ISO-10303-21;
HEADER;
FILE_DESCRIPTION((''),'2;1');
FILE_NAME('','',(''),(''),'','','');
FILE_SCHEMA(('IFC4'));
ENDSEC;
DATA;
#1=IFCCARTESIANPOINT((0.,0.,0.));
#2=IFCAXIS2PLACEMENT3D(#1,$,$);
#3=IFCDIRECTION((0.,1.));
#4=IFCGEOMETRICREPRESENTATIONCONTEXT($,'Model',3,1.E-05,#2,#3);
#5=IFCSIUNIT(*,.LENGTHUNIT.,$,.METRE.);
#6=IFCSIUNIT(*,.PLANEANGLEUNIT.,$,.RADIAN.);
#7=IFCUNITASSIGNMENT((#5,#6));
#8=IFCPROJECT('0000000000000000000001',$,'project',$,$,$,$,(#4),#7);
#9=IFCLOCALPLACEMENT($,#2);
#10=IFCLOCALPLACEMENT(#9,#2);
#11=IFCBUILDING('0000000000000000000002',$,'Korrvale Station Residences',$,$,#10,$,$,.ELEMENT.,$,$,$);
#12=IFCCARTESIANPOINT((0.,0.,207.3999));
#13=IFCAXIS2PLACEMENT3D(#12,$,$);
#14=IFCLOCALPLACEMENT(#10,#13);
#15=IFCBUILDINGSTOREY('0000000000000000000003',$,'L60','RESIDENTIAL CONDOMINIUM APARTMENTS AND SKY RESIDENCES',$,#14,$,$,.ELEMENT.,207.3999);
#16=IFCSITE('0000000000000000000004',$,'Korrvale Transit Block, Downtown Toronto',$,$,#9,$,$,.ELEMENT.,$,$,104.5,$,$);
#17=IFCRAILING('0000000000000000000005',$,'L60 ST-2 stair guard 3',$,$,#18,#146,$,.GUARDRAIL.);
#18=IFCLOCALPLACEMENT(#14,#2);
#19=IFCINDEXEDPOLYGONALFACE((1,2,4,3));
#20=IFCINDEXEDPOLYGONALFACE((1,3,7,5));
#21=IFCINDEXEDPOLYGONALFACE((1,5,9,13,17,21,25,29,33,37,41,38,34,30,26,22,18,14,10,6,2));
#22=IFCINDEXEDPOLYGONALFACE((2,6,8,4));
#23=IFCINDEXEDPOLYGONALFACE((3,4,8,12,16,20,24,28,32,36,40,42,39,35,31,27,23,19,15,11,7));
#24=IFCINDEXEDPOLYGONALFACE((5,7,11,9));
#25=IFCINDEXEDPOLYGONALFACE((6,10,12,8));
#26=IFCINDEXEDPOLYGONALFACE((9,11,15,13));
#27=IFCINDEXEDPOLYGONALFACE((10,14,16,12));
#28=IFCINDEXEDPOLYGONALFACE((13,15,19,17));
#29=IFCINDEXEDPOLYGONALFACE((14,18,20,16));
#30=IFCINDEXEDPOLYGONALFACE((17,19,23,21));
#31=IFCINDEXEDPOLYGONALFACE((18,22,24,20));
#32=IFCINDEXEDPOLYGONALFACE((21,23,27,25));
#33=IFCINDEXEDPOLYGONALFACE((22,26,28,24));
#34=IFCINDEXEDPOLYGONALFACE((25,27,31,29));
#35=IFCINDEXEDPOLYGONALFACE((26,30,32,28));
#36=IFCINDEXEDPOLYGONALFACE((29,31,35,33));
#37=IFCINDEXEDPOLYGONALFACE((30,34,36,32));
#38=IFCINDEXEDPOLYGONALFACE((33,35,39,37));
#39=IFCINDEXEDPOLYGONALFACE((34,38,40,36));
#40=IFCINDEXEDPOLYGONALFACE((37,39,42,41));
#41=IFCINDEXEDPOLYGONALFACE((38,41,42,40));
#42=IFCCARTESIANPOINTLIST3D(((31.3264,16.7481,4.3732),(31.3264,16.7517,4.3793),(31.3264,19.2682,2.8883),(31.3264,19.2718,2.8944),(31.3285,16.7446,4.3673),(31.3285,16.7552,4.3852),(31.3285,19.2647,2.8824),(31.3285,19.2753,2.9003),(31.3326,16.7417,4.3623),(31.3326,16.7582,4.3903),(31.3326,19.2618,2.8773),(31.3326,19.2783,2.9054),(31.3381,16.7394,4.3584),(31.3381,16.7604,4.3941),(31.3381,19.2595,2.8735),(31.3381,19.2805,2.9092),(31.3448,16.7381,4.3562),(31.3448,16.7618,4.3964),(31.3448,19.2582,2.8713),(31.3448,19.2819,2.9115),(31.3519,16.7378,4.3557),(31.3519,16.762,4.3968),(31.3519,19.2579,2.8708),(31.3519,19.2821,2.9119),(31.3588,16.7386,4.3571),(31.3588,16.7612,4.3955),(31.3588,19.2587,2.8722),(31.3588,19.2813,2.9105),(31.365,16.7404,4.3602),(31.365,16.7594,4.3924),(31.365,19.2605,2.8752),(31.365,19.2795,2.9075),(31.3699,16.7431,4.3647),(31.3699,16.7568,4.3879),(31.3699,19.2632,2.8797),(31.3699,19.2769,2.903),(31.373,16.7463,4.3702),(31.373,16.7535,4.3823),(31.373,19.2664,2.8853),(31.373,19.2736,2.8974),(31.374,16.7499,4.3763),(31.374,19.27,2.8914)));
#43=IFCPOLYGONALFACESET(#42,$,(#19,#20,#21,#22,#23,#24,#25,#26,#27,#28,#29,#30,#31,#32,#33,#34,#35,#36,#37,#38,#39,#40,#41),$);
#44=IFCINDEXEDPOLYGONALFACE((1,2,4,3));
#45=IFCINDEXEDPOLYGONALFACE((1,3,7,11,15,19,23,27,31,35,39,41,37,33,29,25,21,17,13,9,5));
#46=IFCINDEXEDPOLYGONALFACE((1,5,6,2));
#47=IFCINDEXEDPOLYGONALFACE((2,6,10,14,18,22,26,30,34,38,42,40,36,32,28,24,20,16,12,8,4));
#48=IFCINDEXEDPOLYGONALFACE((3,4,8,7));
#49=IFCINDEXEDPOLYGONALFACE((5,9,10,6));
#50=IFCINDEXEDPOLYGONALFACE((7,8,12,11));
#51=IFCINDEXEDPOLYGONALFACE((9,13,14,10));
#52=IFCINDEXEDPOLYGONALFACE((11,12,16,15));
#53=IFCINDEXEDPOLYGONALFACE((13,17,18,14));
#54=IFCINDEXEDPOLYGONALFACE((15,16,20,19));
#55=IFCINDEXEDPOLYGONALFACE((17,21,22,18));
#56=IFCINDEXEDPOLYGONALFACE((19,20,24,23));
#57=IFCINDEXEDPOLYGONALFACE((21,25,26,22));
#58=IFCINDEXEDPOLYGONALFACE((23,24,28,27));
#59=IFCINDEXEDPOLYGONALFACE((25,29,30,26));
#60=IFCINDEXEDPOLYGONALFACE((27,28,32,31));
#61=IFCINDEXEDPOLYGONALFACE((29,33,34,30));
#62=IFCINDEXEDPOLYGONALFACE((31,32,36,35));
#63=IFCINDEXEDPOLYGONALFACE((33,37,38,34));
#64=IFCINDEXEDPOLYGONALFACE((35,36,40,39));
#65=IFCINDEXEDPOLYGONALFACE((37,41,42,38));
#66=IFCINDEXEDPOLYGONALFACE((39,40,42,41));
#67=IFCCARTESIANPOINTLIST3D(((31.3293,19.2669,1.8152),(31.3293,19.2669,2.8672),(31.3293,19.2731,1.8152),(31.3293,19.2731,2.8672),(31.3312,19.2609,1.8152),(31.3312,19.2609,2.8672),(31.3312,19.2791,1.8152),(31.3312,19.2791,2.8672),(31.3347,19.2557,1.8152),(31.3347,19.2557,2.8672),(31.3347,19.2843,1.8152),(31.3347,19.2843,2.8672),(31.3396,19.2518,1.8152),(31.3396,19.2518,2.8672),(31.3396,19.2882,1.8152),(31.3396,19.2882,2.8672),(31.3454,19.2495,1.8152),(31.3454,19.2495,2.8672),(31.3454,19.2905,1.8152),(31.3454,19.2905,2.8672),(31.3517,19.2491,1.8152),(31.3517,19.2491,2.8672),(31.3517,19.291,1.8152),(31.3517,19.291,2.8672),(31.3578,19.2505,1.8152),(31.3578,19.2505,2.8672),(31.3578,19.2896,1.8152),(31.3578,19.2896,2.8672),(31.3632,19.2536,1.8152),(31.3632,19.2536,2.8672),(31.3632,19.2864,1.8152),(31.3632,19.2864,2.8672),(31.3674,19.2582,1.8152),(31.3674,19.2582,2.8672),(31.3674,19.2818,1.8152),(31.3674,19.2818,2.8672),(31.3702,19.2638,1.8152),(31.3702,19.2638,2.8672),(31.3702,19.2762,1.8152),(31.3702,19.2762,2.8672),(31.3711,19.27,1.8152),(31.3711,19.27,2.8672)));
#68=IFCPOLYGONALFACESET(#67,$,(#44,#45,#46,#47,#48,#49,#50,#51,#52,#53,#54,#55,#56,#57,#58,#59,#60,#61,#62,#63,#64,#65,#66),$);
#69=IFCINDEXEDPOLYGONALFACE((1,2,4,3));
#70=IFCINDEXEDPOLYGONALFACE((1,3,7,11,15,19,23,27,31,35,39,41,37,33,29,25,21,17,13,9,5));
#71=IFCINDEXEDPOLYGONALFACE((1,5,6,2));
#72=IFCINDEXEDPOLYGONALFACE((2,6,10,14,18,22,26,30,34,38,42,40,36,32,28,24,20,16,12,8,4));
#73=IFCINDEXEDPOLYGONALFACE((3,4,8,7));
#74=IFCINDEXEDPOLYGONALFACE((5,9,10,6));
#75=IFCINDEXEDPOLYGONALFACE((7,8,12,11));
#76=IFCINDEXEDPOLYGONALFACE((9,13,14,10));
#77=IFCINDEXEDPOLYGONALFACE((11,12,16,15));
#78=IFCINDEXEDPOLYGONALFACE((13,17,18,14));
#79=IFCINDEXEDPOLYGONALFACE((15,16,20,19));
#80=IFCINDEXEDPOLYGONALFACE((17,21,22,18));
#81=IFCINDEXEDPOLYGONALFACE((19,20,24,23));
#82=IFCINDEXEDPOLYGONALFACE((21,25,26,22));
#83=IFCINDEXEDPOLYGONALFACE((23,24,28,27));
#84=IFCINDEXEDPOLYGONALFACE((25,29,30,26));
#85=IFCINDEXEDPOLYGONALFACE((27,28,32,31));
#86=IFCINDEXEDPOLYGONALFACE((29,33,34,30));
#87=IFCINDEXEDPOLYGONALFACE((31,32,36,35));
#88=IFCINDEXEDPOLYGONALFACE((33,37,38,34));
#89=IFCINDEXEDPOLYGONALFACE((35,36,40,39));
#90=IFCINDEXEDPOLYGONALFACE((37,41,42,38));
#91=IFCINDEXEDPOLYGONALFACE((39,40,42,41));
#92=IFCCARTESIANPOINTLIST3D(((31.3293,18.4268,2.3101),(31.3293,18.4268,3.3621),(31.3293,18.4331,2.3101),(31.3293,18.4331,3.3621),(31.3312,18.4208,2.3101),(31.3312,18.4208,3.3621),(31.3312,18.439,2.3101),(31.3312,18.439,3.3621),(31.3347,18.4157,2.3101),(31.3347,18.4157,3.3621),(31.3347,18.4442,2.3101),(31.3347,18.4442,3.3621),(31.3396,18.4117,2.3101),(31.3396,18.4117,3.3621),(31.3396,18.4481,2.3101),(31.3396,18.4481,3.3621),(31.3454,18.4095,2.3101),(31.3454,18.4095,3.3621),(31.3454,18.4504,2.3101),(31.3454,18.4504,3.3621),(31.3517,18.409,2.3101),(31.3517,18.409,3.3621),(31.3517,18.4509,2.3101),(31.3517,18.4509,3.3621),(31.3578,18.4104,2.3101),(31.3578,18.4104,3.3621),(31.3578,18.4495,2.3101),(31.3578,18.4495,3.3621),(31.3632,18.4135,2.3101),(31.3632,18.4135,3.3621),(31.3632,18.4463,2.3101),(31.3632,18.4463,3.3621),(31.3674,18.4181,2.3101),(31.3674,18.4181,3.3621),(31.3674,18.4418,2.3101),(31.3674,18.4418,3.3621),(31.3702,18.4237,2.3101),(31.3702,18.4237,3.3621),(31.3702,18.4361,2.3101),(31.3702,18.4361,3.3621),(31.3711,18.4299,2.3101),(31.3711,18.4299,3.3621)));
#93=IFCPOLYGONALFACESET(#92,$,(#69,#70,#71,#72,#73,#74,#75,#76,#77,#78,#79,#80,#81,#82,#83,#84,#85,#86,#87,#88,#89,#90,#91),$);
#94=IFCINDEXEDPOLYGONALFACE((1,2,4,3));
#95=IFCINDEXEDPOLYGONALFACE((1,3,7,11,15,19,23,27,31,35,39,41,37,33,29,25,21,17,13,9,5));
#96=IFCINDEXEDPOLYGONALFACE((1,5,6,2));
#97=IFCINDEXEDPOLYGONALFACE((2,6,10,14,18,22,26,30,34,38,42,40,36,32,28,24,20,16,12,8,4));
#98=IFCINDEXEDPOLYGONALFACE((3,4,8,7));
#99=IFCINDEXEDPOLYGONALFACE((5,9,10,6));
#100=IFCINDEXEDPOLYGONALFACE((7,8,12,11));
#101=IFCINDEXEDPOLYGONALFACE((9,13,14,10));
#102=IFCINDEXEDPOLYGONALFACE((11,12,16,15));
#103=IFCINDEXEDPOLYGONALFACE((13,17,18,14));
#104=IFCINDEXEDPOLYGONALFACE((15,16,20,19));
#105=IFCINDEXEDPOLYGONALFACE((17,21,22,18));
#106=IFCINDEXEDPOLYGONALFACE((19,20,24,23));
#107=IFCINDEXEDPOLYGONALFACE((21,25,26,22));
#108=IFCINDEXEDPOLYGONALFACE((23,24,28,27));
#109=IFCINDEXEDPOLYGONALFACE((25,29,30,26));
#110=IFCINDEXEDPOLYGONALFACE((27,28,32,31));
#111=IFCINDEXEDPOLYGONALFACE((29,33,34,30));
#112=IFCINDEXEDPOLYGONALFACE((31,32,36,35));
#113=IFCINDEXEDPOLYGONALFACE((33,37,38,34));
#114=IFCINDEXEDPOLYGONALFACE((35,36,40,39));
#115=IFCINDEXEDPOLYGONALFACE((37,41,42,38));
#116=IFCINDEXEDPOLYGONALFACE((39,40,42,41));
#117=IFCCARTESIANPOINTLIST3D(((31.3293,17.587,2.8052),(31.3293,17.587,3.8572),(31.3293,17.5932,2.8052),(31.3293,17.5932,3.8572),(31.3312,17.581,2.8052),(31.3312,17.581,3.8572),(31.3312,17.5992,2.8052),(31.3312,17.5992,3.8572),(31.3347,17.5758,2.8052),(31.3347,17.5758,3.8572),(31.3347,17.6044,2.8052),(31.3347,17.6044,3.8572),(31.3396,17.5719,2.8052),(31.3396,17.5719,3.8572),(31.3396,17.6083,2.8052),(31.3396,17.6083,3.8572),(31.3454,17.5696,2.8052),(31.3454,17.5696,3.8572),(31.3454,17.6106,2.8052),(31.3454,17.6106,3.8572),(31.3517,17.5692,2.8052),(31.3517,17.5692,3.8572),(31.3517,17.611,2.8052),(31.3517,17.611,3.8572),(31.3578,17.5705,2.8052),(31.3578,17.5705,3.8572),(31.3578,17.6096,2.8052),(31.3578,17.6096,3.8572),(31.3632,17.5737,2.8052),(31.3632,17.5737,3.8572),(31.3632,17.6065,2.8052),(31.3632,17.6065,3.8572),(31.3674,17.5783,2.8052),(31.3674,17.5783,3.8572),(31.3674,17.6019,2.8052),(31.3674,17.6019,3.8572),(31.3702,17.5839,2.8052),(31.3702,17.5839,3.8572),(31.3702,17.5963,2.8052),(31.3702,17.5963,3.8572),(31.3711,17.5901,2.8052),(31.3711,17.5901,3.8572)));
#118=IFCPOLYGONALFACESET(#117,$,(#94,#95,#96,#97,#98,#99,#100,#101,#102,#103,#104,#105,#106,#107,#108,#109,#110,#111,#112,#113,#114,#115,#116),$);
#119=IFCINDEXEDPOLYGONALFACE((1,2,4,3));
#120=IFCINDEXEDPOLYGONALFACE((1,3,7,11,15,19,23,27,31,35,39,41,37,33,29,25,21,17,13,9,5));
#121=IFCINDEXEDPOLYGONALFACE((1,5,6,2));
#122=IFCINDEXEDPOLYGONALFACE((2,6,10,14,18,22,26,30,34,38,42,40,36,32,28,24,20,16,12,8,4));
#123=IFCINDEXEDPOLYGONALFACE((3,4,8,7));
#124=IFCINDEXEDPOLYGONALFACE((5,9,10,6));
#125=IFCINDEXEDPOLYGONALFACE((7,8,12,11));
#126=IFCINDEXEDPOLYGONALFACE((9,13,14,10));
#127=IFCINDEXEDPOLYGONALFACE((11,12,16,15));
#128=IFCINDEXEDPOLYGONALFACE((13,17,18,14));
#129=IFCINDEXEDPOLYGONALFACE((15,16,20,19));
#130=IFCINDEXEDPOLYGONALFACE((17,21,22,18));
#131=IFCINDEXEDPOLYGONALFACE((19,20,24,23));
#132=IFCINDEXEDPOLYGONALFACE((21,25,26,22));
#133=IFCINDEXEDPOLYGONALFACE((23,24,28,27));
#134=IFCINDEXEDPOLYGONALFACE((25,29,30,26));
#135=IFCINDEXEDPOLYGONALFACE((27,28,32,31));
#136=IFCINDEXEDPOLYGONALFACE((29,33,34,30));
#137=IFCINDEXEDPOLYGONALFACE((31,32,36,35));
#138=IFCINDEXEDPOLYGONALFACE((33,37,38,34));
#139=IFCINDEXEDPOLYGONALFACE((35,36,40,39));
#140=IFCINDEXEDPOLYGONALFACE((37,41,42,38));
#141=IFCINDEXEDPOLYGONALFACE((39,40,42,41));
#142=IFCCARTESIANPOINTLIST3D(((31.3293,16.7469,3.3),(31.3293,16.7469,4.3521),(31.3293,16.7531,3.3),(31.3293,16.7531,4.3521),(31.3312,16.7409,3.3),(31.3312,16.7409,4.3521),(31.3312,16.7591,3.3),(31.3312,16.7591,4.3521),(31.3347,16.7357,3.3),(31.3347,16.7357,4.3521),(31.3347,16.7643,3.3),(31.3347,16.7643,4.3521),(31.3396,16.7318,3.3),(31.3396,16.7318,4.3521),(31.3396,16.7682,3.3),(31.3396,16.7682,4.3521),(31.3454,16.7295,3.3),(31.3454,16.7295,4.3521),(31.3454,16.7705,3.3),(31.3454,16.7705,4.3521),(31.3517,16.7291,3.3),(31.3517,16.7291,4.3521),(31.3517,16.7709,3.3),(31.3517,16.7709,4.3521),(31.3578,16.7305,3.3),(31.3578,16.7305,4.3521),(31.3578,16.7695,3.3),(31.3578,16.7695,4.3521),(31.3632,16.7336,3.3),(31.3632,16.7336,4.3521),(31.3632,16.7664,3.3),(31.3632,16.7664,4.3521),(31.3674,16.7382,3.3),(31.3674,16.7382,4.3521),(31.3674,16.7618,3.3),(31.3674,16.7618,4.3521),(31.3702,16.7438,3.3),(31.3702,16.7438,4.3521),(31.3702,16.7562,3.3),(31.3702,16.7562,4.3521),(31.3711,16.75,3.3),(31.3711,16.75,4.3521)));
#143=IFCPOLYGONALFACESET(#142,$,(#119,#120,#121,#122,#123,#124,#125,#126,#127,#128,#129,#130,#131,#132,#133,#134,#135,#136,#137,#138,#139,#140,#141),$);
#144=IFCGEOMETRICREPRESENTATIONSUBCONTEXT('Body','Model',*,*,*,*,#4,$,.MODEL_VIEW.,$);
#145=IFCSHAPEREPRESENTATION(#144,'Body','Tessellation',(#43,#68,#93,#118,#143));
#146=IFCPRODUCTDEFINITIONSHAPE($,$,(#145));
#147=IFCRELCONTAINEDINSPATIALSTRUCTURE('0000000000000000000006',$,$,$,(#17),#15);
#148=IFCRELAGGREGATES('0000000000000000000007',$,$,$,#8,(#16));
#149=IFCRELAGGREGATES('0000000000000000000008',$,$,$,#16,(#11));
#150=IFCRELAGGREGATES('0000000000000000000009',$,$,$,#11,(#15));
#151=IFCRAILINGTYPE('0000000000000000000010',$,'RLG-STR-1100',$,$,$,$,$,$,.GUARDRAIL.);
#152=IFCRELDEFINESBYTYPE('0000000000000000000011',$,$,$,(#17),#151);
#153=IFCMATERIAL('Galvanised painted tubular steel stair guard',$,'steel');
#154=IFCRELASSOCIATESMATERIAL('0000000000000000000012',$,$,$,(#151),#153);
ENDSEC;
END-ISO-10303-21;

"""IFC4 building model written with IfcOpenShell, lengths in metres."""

from ifc_helpers import new_model, si_unit, direction, frame, origin, origin_2d, place, context, subcontext, project, spatial, circle, extrude, material, type_object, element, save


model = new_model("IFC4")

# Units and contexts
model_context = context("Model", 3, precision=1e-05, world=origin(), true_north=direction((0.0, 1.0)))
body_context = subcontext(model_context, "Body", "Model", "MODEL_VIEW")
ifc_project = project(units=[si_unit("LENGTHUNIT", "METRE"), si_unit("PLANEANGLEUNIT", "RADIAN")], contexts=[model_context])

# Site, building, storey
site_placement = place(None, origin())
site = spatial("IfcSite", under=ifc_project, at=site_placement, Name="Korrvale Transit Block, Downtown Toronto", CompositionType="ELEMENT", RefElevation=104.5)
building_placement = place(site_placement, origin())
building = spatial("IfcBuilding", under=site, at=building_placement, Name="Korrvale Station Residences", CompositionType="ELEMENT")
storey_placement = place(building_placement, frame((0.0, 0.0, 207.3999)))
storey = spatial("IfcBuildingStorey", under=building, at=storey_placement, Name="L60", Description="RESIDENTIAL CONDOMINIUM APARTMENTS AND SKY RESIDENCES", CompositionType="ELEMENT", Elevation=207.3999)

# Railing
ifc_material_1 = material(Name="Galvanised painted tubular steel stair guard", Category="steel")
railing_type_1 = type_object("IfcRailingType", Name="RLG-STR-1100", PredefinedType="GUARDRAIL", material=ifc_material_1)
railing_1_placement = place(storey_placement, frame((31.3501, 19.27, 1.8152)))
element("IfcRailing", 1, at=railing_1_placement, inside=storey, type_object=railing_type_1, Name="L60 ST-2 stair guard 3", PredefinedType="GUARDRAIL", context=body_context, shape_type="SweptSolid", body=[
    extrude(circle(Radius=0.0239, at=origin_2d()), frame((0.0, 0.0, 1.0762), z_axis=(0.0, -0.861561, 0.507655), x_axis=(1.0, 0.0, 0.0)), (0.0, 0.0, 1.0), 2.925),
    extrude(circle(Radius=0.021, at=origin_2d()), origin(), (0.0, 0.0, 1.0), 1.052),
    extrude(circle(Radius=0.021, at=origin_2d()), frame((0.0, -0.8401, 0.4949)), (0.0, 0.0, 1.0), 1.052),
    extrude(circle(Radius=0.021, at=origin_2d()), frame((0.0, -1.6799, 0.99)), (0.0, 0.0, 1.0), 1.052),
    extrude(circle(Radius=0.021, at=origin_2d()), frame((0.0, -2.52, 1.4849)), (0.0, 0.0, 1.0), 1.052),
])

save(model, "model.ifc")
